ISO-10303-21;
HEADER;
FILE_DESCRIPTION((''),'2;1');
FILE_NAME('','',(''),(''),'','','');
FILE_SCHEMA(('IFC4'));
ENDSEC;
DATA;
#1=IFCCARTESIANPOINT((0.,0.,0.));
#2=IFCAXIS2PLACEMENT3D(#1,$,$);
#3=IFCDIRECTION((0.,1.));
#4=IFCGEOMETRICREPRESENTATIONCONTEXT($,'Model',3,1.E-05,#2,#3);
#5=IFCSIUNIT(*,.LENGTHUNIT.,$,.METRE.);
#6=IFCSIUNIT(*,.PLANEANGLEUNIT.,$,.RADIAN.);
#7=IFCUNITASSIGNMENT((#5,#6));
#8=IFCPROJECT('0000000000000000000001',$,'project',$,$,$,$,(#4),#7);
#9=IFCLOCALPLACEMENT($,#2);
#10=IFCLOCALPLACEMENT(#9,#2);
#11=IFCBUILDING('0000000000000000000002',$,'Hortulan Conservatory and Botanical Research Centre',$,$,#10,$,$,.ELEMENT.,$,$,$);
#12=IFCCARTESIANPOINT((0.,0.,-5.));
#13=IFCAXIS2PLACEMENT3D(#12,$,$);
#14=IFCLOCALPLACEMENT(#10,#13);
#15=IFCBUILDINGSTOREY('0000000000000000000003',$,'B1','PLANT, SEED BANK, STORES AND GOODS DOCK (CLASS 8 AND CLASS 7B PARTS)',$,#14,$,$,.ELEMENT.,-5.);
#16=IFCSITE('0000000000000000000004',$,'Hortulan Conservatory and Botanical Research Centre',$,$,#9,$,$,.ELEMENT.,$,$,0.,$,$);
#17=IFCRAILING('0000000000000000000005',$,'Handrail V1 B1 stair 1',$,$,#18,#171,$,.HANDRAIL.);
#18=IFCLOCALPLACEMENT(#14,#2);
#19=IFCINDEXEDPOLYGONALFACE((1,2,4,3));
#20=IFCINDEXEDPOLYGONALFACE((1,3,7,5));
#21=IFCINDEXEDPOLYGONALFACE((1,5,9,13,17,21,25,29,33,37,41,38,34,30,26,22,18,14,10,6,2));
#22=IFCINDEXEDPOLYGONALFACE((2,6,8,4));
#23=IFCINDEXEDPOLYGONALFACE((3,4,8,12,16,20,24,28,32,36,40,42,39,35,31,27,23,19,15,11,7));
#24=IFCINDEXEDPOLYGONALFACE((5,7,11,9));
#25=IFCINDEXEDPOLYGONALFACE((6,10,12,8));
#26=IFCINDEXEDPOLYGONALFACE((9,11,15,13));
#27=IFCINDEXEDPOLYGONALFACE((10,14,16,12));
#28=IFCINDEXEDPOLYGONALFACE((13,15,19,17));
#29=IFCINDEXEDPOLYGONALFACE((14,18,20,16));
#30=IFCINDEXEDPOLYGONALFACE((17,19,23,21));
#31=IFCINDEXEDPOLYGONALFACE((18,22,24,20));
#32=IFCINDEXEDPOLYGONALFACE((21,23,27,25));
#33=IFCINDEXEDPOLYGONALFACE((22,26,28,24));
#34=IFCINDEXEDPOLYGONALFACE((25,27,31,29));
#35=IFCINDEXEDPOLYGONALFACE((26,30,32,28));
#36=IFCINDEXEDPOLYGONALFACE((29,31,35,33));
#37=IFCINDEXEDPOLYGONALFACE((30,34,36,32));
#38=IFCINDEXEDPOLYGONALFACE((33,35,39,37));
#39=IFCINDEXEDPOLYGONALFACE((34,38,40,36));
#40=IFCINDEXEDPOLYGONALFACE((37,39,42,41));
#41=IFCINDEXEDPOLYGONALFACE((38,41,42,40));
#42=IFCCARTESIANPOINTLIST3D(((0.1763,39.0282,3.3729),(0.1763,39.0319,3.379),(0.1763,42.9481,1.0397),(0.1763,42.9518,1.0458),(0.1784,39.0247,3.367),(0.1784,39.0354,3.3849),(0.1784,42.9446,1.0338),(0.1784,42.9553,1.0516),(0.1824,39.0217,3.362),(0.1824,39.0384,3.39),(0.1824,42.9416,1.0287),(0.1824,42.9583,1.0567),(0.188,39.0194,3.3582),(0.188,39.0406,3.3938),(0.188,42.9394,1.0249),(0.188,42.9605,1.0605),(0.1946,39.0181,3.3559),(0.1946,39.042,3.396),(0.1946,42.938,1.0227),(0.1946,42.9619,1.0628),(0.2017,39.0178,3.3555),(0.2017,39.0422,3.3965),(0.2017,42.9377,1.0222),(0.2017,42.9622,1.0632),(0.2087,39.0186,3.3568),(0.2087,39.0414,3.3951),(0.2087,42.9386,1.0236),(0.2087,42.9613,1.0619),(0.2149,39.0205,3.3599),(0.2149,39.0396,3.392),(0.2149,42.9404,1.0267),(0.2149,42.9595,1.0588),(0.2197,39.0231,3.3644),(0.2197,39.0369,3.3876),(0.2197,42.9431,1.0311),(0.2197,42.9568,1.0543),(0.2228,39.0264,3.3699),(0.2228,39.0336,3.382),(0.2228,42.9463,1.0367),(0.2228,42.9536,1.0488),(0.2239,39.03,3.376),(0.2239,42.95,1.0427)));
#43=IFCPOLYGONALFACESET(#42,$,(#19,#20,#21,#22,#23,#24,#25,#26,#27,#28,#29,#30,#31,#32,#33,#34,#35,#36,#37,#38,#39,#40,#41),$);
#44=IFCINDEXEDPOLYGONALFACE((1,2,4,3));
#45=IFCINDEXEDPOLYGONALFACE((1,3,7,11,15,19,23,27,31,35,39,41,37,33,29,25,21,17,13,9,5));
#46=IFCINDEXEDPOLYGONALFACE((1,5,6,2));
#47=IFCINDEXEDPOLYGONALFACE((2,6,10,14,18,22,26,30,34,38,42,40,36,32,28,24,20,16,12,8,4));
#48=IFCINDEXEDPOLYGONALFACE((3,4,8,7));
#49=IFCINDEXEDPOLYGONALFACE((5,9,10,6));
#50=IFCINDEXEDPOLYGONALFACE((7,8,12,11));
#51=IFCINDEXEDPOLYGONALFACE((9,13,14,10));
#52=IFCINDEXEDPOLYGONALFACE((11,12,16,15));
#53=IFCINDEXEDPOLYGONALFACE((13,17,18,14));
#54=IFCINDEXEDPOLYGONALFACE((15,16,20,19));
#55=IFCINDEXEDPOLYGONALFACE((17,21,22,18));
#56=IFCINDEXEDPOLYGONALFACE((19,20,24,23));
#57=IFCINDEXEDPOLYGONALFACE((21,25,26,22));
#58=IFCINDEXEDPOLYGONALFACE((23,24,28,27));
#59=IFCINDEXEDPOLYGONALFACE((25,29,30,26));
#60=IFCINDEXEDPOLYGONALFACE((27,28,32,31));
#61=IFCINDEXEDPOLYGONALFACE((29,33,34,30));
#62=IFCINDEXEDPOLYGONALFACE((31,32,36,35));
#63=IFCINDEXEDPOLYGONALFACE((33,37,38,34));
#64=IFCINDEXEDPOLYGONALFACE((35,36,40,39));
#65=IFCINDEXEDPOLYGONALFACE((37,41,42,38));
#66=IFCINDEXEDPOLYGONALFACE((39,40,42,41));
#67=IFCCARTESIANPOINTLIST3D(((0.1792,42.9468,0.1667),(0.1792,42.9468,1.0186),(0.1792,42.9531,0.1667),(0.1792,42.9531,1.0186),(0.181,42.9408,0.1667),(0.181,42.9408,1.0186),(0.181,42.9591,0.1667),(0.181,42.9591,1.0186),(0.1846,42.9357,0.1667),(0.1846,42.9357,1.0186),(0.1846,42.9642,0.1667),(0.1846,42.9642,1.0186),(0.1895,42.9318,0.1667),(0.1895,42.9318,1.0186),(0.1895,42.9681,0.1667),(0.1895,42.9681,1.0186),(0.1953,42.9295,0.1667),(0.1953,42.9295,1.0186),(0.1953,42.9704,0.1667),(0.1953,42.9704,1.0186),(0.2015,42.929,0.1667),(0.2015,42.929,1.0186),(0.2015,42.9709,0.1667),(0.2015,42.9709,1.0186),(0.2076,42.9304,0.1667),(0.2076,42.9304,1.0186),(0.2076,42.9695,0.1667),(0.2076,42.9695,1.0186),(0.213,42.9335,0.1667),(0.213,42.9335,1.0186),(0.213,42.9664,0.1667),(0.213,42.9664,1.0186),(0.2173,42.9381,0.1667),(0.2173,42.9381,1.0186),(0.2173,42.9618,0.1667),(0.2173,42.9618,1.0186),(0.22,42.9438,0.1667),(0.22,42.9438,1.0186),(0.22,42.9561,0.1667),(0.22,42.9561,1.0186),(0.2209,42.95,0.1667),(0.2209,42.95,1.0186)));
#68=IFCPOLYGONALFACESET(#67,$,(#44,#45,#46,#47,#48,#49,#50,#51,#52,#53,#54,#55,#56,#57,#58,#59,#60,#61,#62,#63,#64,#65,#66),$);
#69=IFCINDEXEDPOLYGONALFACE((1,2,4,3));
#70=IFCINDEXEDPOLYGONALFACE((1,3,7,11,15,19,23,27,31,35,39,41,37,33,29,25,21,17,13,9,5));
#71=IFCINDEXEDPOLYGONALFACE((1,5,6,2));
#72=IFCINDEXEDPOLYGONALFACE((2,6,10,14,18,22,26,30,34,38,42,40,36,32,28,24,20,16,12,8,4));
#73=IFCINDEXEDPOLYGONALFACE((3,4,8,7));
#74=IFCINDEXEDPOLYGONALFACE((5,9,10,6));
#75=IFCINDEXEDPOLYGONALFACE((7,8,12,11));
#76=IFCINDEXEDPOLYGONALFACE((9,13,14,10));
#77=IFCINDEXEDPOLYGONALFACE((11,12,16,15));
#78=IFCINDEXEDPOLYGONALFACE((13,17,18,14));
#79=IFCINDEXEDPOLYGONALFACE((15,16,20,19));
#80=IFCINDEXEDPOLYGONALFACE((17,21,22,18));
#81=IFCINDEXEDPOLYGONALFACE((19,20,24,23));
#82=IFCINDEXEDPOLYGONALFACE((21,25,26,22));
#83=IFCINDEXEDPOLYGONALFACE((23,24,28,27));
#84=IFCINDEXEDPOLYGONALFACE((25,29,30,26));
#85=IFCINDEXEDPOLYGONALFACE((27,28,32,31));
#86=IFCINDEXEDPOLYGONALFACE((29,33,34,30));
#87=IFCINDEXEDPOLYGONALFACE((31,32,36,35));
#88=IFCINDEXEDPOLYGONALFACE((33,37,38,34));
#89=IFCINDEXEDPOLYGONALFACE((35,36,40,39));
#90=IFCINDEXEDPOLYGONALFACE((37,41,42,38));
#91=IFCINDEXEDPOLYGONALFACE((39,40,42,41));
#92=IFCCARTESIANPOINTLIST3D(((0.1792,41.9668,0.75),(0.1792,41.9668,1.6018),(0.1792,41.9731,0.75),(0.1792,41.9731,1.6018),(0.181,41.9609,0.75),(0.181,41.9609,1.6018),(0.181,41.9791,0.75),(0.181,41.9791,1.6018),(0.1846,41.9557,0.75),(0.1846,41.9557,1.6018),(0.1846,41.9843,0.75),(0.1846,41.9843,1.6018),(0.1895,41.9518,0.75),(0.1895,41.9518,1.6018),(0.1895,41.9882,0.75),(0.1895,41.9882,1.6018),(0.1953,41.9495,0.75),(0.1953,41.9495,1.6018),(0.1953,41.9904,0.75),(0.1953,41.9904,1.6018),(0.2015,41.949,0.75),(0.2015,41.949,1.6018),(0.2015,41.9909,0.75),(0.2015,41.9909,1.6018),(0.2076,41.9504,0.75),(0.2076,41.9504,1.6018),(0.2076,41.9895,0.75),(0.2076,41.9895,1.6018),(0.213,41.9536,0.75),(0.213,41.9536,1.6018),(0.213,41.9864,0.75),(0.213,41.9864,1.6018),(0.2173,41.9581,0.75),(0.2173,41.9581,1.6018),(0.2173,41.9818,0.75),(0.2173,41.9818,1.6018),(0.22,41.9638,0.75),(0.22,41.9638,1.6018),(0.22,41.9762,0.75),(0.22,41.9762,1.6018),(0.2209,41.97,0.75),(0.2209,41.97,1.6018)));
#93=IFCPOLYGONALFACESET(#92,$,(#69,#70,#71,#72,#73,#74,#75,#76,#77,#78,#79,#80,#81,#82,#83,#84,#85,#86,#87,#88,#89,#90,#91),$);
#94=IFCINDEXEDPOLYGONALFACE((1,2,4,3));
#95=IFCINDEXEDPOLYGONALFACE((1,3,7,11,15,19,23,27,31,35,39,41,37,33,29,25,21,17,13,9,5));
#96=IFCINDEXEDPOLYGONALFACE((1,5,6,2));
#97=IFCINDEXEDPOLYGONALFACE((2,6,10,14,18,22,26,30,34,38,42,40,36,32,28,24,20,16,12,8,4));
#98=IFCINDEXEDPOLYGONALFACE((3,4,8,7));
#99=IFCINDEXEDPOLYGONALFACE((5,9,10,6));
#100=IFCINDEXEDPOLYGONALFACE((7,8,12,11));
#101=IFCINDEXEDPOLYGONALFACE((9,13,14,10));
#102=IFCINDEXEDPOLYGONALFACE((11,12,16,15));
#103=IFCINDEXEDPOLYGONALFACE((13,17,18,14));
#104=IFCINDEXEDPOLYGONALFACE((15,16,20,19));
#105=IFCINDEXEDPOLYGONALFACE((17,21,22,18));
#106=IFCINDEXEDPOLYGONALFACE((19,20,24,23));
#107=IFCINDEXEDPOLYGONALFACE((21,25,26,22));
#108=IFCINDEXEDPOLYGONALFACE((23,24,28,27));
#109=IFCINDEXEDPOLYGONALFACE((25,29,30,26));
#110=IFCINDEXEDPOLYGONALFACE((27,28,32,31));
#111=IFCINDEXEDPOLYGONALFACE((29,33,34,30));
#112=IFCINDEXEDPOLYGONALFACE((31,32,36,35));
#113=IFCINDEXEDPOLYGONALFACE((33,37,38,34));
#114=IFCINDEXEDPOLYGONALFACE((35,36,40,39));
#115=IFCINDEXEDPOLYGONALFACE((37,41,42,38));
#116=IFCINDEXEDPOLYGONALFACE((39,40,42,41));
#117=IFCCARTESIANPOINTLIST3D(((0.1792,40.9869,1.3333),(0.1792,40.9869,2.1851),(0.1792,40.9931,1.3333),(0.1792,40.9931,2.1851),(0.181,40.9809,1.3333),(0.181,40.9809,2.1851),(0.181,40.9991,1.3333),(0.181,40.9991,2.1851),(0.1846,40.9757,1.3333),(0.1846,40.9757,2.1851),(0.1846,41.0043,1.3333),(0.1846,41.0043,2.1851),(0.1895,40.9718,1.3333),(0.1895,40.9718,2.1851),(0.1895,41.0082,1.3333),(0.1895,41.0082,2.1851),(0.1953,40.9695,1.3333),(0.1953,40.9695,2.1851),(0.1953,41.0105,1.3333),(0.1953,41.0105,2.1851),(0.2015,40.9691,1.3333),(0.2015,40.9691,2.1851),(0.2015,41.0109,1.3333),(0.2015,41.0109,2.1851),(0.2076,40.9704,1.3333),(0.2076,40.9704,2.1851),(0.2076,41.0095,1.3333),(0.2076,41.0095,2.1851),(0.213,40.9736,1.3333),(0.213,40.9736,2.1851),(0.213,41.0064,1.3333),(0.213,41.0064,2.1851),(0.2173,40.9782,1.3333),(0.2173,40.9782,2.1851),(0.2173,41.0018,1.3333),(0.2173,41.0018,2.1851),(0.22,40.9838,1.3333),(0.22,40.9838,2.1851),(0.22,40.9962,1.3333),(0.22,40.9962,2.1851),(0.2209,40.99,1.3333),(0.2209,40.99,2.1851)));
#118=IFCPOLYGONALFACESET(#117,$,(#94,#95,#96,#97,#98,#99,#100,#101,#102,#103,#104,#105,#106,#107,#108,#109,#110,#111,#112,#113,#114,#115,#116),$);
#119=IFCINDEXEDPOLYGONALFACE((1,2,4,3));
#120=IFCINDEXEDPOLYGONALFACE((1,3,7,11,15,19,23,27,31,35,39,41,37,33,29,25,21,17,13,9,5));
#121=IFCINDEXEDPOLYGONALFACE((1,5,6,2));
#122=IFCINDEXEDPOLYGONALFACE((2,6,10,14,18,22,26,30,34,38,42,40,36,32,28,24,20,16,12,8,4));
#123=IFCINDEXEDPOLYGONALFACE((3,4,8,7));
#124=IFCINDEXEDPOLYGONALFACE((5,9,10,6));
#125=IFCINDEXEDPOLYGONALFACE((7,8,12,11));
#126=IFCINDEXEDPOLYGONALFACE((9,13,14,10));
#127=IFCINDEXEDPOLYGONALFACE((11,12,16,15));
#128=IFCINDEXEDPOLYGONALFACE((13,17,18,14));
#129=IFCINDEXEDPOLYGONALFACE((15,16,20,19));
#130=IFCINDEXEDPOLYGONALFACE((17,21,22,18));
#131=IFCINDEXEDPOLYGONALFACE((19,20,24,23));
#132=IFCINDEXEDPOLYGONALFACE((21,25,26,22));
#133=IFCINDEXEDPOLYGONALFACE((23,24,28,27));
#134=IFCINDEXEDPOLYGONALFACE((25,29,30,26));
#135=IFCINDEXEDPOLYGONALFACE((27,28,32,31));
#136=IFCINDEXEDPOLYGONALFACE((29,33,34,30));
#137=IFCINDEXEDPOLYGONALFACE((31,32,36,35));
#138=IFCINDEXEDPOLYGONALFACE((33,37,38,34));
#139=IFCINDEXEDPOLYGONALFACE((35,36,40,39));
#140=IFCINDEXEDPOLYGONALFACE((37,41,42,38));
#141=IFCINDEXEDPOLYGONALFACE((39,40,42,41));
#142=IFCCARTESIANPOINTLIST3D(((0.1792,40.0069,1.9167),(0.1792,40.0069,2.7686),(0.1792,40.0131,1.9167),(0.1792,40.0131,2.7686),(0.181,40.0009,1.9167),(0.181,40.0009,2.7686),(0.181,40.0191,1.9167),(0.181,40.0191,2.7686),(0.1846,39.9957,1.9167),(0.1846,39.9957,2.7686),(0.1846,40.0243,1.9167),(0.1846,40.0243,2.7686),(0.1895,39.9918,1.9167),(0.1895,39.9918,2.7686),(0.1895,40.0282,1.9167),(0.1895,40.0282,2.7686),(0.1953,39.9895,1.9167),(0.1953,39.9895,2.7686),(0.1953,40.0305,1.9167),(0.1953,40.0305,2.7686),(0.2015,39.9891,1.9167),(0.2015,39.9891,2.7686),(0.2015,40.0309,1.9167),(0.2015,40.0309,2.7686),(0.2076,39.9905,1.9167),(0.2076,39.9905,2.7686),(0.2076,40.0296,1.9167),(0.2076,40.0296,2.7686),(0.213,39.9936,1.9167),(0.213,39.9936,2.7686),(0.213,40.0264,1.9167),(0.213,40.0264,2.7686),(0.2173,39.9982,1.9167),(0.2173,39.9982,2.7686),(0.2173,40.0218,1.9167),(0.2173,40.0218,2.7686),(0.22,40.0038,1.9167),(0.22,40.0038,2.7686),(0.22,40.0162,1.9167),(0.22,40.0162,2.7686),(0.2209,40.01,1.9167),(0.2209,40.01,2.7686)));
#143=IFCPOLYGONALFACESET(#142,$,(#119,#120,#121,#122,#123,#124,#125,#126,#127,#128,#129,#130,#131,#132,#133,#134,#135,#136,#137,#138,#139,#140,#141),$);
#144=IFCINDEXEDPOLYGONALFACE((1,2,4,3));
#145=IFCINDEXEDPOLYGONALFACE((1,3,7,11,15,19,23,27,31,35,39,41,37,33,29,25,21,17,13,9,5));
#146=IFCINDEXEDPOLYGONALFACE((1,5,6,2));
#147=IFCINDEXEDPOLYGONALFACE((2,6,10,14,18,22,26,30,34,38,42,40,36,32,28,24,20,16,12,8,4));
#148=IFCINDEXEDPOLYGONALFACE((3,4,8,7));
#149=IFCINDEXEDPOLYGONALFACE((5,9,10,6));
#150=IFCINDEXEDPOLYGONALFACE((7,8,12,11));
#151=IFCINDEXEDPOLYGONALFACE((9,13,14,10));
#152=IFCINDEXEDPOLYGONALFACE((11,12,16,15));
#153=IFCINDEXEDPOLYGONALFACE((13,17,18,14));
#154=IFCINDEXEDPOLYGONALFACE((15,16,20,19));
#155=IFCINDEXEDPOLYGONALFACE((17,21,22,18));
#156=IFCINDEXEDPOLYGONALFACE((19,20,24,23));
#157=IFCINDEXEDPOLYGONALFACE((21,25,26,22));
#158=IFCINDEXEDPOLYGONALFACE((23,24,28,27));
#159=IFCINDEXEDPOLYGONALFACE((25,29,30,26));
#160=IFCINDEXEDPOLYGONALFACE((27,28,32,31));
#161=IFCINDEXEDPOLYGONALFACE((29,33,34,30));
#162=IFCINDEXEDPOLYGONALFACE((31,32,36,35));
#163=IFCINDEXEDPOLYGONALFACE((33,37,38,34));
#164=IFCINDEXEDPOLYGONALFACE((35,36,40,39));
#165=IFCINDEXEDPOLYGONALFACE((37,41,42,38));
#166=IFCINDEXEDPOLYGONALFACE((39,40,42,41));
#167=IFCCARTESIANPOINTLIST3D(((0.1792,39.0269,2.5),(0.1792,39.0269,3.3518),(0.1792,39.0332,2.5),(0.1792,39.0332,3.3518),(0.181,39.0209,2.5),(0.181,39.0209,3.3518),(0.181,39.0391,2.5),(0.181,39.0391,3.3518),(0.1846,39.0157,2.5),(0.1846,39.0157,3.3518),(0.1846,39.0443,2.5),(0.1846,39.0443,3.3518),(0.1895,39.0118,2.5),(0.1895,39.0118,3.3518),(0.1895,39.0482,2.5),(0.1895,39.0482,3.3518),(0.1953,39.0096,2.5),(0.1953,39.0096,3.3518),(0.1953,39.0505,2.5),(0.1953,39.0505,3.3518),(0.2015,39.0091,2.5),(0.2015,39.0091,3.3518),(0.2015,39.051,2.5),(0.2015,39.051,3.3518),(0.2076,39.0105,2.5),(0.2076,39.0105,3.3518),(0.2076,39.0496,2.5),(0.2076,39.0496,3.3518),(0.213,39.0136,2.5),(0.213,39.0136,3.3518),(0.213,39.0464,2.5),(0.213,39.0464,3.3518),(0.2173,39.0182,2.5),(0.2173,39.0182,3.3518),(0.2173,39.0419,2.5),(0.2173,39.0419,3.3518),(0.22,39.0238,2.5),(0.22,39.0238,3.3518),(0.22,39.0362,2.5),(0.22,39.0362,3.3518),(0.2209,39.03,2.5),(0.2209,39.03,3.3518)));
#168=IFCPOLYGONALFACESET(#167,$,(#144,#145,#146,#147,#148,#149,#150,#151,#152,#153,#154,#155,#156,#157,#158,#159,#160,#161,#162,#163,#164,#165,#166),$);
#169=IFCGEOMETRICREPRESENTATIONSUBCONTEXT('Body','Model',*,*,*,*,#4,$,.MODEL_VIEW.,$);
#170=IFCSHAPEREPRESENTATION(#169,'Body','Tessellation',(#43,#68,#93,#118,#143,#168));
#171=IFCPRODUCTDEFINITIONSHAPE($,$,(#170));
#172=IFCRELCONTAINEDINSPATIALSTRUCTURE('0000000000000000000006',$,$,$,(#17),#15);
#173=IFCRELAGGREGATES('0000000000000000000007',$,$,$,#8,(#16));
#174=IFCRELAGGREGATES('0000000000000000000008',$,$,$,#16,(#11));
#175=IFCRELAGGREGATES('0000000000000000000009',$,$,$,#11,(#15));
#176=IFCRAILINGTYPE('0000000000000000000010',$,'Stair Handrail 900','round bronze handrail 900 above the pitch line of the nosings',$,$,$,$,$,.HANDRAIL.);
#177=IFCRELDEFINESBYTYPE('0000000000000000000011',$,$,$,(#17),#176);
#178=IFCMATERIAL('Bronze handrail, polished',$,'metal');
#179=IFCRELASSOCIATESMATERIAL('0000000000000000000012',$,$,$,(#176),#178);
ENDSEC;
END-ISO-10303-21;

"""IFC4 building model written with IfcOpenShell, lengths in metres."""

from ifc_helpers import new_model, si_unit, direction, frame, origin, origin_2d, place, context, subcontext, project, spatial, circle, extrude, material, type_object, element, save


model = new_model("IFC4")

# Units and contexts
model_context = context("Model", 3, precision=1e-05, world=origin(), true_north=direction((0.0, 1.0)))
body_context = subcontext(model_context, "Body", "Model", "MODEL_VIEW")
ifc_project = project(units=[si_unit("LENGTHUNIT", "METRE"), si_unit("PLANEANGLEUNIT", "RADIAN")], contexts=[model_context])

# Site, building, storey
site_placement = place(None, origin())
site = spatial("IfcSite", under=ifc_project, at=site_placement, Name="Hortulan Conservatory and Botanical Research Centre", CompositionType="ELEMENT", RefElevation=0.0)
building_placement = place(site_placement, origin())
building = spatial("IfcBuilding", under=site, at=building_placement, Name="Hortulan Conservatory and Botanical Research Centre", CompositionType="ELEMENT")
storey_placement = place(building_placement, frame((0.0, 0.0, -5.0)))
storey = spatial("IfcBuildingStorey", under=building, at=storey_placement, Name="B1", Description="PLANT, SEED BANK, STORES AND GOODS DOCK (CLASS 8 AND CLASS 7B PARTS)", CompositionType="ELEMENT", Elevation=-5.0)

# Railing
ifc_material_1 = material(Name="Bronze handrail, polished", Category="metal")
railing_type_1 = type_object("IfcRailingType", Name="Stair Handrail 900", Description="round bronze handrail 900 above the pitch line of the nosings", PredefinedType="HANDRAIL", material=ifc_material_1)
railing_1_placement = place(storey_placement, frame((0.2, 42.95, 0.1667)))
element("IfcRailing", 1, at=railing_1_placement, inside=storey, type_object=railing_type_1, Name="Handrail V1 B1 stair 1", PredefinedType="HANDRAIL", context=body_context, shape_type="SweptSolid", body=[
    extrude(circle(Radius=0.0239, at=origin_2d()), frame((0.0, 0.0, 0.876), z_axis=(0.0, -0.859296, 0.511478), x_axis=(1.0, 0.0, 0.0)), (0.0, 0.0, 1.0), 4.5618),
    extrude(circle(Radius=0.021, at=origin_2d()), origin(), (0.0, 0.0, 1.0), 0.8518),
    extrude(circle(Radius=0.021, at=origin_2d()), frame((0.0, -0.98, 0.5833)), (0.0, 0.0, 1.0), 0.8518),
    extrude(circle(Radius=0.021, at=origin_2d()), frame((0.0, -1.96, 1.1665)), (0.0, 0.0, 1.0), 0.8518),
    extrude(circle(Radius=0.021, at=origin_2d()), frame((0.0, -2.9399, 1.75)), (0.0, 0.0, 1.0), 0.8518),
    extrude(circle(Radius=0.021, at=origin_2d()), frame((0.0, -3.9199, 2.3333)), (0.0, 0.0, 1.0), 0.8518),
])

save(model, "model.ifc")
